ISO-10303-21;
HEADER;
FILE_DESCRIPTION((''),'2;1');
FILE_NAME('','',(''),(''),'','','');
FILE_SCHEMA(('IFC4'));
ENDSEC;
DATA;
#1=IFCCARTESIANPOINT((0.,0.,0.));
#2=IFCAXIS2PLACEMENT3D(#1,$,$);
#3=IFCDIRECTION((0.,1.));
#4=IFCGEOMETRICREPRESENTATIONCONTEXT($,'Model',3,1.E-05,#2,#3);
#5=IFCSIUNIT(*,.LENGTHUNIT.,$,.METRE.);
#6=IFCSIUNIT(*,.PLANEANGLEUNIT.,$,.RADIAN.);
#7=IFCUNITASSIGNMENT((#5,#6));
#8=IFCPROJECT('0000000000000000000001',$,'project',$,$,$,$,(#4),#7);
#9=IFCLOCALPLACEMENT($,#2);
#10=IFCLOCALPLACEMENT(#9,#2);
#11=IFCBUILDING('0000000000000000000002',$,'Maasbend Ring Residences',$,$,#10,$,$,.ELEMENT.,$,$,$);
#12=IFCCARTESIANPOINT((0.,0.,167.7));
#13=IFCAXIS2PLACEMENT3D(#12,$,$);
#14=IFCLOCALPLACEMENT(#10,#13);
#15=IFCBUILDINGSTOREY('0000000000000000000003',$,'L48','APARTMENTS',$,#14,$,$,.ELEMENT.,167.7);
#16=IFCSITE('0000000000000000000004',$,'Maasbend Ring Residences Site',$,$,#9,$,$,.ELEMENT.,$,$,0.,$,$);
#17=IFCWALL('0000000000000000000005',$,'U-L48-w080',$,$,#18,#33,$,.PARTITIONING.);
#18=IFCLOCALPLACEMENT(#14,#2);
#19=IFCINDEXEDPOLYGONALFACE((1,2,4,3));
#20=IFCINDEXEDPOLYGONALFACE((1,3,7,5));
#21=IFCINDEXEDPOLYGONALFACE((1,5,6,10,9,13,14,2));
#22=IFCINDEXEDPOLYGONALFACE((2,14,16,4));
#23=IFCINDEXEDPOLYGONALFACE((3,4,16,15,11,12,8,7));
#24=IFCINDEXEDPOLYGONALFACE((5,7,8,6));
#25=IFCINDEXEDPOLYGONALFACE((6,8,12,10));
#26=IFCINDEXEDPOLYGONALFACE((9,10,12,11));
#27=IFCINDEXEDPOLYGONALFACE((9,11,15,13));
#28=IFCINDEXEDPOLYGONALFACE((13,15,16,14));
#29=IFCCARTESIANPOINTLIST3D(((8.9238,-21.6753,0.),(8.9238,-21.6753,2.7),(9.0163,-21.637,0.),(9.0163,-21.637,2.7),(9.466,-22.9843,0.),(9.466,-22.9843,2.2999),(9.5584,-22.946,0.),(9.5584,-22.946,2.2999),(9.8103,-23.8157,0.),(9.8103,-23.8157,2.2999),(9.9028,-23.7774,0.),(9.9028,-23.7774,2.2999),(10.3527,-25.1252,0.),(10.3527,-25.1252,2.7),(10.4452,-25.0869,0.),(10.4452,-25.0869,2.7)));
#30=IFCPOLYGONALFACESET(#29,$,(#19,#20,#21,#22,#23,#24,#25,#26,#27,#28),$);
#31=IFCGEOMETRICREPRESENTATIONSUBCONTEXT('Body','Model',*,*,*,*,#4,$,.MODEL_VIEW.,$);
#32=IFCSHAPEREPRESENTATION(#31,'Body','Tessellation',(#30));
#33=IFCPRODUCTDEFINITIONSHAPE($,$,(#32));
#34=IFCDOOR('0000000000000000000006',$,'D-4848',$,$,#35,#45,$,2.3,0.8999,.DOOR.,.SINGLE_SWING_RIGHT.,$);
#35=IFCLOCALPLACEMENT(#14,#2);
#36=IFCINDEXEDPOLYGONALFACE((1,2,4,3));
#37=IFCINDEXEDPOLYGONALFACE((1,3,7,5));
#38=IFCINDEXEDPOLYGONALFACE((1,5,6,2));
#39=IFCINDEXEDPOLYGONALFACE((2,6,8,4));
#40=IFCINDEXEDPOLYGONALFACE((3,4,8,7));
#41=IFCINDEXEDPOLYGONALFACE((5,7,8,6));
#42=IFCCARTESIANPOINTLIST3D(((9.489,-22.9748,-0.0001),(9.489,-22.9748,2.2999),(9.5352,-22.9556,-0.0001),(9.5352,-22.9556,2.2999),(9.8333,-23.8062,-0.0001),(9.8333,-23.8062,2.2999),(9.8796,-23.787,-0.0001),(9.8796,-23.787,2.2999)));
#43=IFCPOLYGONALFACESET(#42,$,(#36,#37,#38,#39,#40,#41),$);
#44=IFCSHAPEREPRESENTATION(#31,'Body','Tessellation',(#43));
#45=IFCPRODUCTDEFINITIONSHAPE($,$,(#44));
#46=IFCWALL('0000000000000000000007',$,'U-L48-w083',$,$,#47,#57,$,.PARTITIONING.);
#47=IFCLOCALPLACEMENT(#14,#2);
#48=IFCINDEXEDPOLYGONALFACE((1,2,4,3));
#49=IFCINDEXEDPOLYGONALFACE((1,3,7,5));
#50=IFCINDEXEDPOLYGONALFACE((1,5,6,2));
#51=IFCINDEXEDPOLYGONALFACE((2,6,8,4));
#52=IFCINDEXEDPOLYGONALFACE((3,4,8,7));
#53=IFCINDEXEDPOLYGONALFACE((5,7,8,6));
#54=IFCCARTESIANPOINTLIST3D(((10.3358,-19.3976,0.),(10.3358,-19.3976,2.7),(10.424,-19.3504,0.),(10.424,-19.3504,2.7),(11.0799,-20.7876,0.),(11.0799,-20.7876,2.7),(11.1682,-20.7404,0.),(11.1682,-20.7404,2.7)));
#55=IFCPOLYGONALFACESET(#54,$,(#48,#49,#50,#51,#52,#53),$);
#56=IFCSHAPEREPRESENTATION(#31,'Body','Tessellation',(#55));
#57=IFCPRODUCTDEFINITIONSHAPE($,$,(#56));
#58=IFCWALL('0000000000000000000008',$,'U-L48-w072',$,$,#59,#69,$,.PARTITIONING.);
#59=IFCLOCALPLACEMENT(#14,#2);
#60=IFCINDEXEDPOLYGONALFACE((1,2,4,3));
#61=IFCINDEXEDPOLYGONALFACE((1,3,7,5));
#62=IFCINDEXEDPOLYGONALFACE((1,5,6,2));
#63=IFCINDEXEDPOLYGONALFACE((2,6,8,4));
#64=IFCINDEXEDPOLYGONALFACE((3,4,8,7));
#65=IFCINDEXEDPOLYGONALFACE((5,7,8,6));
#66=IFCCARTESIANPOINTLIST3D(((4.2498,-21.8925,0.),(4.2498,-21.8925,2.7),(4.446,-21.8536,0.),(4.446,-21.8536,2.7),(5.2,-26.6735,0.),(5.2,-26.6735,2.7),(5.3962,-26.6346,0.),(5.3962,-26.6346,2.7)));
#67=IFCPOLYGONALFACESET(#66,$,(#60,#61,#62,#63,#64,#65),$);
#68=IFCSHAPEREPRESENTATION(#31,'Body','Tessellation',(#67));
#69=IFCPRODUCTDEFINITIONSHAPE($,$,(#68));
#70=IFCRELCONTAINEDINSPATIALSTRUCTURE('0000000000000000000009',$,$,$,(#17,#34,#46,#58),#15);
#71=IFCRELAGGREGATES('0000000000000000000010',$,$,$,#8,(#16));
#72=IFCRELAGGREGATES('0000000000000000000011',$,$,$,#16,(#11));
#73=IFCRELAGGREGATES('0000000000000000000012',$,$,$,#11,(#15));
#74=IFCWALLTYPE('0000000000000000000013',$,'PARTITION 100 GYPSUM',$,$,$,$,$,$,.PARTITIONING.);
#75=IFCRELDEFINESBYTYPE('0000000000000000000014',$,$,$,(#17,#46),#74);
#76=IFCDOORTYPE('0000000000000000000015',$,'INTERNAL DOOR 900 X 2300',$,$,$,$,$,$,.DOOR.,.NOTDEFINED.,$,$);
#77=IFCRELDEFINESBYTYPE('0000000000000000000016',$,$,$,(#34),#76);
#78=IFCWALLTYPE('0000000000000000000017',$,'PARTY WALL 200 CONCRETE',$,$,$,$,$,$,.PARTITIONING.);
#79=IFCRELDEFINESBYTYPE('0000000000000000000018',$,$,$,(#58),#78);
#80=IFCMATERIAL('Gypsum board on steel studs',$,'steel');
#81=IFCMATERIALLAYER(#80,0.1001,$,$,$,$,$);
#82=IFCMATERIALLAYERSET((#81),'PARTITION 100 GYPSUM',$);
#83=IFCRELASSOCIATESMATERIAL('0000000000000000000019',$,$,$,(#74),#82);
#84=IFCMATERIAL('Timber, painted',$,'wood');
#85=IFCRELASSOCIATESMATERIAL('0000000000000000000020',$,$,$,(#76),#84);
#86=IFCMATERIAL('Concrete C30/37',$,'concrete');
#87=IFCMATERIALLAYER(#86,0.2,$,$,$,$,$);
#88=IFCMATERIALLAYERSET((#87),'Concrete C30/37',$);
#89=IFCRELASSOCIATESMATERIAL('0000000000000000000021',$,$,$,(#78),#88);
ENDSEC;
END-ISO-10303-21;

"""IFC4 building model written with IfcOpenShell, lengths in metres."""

from ifc_helpers import new_model, si_unit, direction, frame, frame_2d, origin, place, context, subcontext, project, spatial, rectangle, extrude, material, layer, layer_set, type_object, element, fill, save


model = new_model("IFC4")

# Units and contexts
model_context = context("Model", 3, precision=1e-05, world=origin(), true_north=direction((0.0, 1.0)))
body_context = subcontext(model_context, "Body", "Model", "MODEL_VIEW")
ifc_project = project(units=[si_unit("LENGTHUNIT", "METRE"), si_unit("PLANEANGLEUNIT", "RADIAN")], contexts=[model_context])

# Site, building, storey
site_placement = place(None, origin())
site = spatial("IfcSite", under=ifc_project, at=site_placement, Name="Maasbend Ring Residences Site", CompositionType="ELEMENT", RefElevation=0.0)
building_placement = place(site_placement, origin())
building = spatial("IfcBuilding", under=site, at=building_placement, Name="Maasbend Ring Residences", CompositionType="ELEMENT")
storey_placement = place(building_placement, frame((0.0, 0.0, 167.7)))
storey = spatial("IfcBuildingStorey", under=building, at=storey_placement, Name="L48", Description="APARTMENTS", CompositionType="ELEMENT", Elevation=167.7)

# Shared definitions
ifc_material_1 = material(Name="Gypsum board on steel studs", Category="steel")
ifc_layer_1 = layer(ifc_material_1, 0.1001)
ifc_layer_set_1 = layer_set([ifc_layer_1], Name="PARTITION 100 GYPSUM")
wall_type_1 = type_object("IfcWallType", Name="PARTITION 100 GYPSUM", PredefinedType="PARTITIONING", material=ifc_layer_set_1)

# Wall, opening, door
ifc_material_2 = material(Name="Timber, painted", Category="wood")
door_type_1 = type_object("IfcDoorType", Name="INTERNAL DOOR 900 X 2300", OperationType="NOTDEFINED", PredefinedType="DOOR", material=ifc_material_2)
wall_1_placement = place(storey_placement, frame((8.97, -21.656, 0.0), z_axis=(0.0, 0.0, 1.0), x_axis=(0.382669, -0.923885, 0.0)))
wall_1 = element("IfcWall", 1, at=wall_1_placement, inside=storey, type_object=wall_type_1, Name="U-L48-w080", PredefinedType="PARTITIONING", context=body_context, shape_type="SweptSolid", body=[
    extrude(rectangle(XDim=3.7341, YDim=0.1001, at=frame_2d((1.8672, 0.0))), origin(), (0.0, 0.0, 1.0), 2.7),
])
opening_1_placement = place(wall_1_placement, frame((1.417, 0.0, 0.0)))
opening_1 = element("IfcOpeningElement", 2, at=opening_1_placement, cuts=wall_1, PredefinedType="OPENING", context=body_context, shape_type="SweptSolid", body=[
    extrude(rectangle(XDim=0.8999, YDim=2.3, at=frame_2d((0.45, 1.1499))), frame((0.0, 0.0601, 0.0), z_axis=(0.0, -1.0, 0.0), x_axis=(1.0, 0.0, 0.0)), (0.0, 0.0, 1.0), 0.1201),
])
door_1_placement = place(opening_1_placement, origin())
door_1 = element("IfcDoor", 3, at=door_1_placement, inside=storey, type_object=door_type_1, Name="D-4848", OperationType="SINGLE_SWING_RIGHT", OverallHeight=2.3, OverallWidth=0.8999, PredefinedType="DOOR", context=body_context, shape_type="SweptSolid", body=[
    extrude(rectangle(XDim=0.8999, YDim=2.3, at=frame_2d((0.45, 1.1499))), frame((0.0, 0.0249, 0.0), z_axis=(0.0, -1.0, 0.0), x_axis=(1.0, 0.0, 0.0)), (0.0, 0.0, 1.0), 0.05),
])
fill(opening_1, door_1)

# Walls
wall_2_placement = place(storey_placement, frame((10.3799, -19.374, 0.0), z_axis=(0.0, 0.0, 1.0), x_axis=(0.472002, -0.881597, 0.0)))
element("IfcWall", 4, at=wall_2_placement, inside=storey, type_object=wall_type_1, Name="U-L48-w083", PredefinedType="PARTITIONING", context=body_context, shape_type="SweptSolid", body=[
    extrude(rectangle(XDim=1.5767, YDim=0.1001, at=frame_2d((0.7883, 0.0))), origin(), (0.0, 0.0, 1.0), 2.7),
])
ifc_material_3 = material(Name="Concrete C30/37", Category="concrete")
ifc_layer_2 = layer(ifc_material_3, 0.2)
ifc_layer_set_2 = layer_set([ifc_layer_2], Name="Concrete C30/37")
wall_type_2 = type_object("IfcWallType", Name="PARTY WALL 200 CONCRETE", PredefinedType="PARTITIONING", material=ifc_layer_set_2)
wall_3_placement = place(storey_placement, frame((4.3479, -21.873, 0.0), z_axis=(0.0, 0.0, 1.0), x_axis=(0.194931, -0.980817, 0.0)))
element("IfcWall", 5, at=wall_3_placement, inside=storey, type_object=wall_type_2, Name="U-L48-w072", PredefinedType="PARTITIONING", context=body_context, shape_type="SweptSolid", body=[
    extrude(rectangle(XDim=4.8745, YDim=0.2, at=frame_2d((2.4373, 0.0))), origin(), (0.0, 0.0, 1.0), 2.7),
])

save(model, "model.ifc")
